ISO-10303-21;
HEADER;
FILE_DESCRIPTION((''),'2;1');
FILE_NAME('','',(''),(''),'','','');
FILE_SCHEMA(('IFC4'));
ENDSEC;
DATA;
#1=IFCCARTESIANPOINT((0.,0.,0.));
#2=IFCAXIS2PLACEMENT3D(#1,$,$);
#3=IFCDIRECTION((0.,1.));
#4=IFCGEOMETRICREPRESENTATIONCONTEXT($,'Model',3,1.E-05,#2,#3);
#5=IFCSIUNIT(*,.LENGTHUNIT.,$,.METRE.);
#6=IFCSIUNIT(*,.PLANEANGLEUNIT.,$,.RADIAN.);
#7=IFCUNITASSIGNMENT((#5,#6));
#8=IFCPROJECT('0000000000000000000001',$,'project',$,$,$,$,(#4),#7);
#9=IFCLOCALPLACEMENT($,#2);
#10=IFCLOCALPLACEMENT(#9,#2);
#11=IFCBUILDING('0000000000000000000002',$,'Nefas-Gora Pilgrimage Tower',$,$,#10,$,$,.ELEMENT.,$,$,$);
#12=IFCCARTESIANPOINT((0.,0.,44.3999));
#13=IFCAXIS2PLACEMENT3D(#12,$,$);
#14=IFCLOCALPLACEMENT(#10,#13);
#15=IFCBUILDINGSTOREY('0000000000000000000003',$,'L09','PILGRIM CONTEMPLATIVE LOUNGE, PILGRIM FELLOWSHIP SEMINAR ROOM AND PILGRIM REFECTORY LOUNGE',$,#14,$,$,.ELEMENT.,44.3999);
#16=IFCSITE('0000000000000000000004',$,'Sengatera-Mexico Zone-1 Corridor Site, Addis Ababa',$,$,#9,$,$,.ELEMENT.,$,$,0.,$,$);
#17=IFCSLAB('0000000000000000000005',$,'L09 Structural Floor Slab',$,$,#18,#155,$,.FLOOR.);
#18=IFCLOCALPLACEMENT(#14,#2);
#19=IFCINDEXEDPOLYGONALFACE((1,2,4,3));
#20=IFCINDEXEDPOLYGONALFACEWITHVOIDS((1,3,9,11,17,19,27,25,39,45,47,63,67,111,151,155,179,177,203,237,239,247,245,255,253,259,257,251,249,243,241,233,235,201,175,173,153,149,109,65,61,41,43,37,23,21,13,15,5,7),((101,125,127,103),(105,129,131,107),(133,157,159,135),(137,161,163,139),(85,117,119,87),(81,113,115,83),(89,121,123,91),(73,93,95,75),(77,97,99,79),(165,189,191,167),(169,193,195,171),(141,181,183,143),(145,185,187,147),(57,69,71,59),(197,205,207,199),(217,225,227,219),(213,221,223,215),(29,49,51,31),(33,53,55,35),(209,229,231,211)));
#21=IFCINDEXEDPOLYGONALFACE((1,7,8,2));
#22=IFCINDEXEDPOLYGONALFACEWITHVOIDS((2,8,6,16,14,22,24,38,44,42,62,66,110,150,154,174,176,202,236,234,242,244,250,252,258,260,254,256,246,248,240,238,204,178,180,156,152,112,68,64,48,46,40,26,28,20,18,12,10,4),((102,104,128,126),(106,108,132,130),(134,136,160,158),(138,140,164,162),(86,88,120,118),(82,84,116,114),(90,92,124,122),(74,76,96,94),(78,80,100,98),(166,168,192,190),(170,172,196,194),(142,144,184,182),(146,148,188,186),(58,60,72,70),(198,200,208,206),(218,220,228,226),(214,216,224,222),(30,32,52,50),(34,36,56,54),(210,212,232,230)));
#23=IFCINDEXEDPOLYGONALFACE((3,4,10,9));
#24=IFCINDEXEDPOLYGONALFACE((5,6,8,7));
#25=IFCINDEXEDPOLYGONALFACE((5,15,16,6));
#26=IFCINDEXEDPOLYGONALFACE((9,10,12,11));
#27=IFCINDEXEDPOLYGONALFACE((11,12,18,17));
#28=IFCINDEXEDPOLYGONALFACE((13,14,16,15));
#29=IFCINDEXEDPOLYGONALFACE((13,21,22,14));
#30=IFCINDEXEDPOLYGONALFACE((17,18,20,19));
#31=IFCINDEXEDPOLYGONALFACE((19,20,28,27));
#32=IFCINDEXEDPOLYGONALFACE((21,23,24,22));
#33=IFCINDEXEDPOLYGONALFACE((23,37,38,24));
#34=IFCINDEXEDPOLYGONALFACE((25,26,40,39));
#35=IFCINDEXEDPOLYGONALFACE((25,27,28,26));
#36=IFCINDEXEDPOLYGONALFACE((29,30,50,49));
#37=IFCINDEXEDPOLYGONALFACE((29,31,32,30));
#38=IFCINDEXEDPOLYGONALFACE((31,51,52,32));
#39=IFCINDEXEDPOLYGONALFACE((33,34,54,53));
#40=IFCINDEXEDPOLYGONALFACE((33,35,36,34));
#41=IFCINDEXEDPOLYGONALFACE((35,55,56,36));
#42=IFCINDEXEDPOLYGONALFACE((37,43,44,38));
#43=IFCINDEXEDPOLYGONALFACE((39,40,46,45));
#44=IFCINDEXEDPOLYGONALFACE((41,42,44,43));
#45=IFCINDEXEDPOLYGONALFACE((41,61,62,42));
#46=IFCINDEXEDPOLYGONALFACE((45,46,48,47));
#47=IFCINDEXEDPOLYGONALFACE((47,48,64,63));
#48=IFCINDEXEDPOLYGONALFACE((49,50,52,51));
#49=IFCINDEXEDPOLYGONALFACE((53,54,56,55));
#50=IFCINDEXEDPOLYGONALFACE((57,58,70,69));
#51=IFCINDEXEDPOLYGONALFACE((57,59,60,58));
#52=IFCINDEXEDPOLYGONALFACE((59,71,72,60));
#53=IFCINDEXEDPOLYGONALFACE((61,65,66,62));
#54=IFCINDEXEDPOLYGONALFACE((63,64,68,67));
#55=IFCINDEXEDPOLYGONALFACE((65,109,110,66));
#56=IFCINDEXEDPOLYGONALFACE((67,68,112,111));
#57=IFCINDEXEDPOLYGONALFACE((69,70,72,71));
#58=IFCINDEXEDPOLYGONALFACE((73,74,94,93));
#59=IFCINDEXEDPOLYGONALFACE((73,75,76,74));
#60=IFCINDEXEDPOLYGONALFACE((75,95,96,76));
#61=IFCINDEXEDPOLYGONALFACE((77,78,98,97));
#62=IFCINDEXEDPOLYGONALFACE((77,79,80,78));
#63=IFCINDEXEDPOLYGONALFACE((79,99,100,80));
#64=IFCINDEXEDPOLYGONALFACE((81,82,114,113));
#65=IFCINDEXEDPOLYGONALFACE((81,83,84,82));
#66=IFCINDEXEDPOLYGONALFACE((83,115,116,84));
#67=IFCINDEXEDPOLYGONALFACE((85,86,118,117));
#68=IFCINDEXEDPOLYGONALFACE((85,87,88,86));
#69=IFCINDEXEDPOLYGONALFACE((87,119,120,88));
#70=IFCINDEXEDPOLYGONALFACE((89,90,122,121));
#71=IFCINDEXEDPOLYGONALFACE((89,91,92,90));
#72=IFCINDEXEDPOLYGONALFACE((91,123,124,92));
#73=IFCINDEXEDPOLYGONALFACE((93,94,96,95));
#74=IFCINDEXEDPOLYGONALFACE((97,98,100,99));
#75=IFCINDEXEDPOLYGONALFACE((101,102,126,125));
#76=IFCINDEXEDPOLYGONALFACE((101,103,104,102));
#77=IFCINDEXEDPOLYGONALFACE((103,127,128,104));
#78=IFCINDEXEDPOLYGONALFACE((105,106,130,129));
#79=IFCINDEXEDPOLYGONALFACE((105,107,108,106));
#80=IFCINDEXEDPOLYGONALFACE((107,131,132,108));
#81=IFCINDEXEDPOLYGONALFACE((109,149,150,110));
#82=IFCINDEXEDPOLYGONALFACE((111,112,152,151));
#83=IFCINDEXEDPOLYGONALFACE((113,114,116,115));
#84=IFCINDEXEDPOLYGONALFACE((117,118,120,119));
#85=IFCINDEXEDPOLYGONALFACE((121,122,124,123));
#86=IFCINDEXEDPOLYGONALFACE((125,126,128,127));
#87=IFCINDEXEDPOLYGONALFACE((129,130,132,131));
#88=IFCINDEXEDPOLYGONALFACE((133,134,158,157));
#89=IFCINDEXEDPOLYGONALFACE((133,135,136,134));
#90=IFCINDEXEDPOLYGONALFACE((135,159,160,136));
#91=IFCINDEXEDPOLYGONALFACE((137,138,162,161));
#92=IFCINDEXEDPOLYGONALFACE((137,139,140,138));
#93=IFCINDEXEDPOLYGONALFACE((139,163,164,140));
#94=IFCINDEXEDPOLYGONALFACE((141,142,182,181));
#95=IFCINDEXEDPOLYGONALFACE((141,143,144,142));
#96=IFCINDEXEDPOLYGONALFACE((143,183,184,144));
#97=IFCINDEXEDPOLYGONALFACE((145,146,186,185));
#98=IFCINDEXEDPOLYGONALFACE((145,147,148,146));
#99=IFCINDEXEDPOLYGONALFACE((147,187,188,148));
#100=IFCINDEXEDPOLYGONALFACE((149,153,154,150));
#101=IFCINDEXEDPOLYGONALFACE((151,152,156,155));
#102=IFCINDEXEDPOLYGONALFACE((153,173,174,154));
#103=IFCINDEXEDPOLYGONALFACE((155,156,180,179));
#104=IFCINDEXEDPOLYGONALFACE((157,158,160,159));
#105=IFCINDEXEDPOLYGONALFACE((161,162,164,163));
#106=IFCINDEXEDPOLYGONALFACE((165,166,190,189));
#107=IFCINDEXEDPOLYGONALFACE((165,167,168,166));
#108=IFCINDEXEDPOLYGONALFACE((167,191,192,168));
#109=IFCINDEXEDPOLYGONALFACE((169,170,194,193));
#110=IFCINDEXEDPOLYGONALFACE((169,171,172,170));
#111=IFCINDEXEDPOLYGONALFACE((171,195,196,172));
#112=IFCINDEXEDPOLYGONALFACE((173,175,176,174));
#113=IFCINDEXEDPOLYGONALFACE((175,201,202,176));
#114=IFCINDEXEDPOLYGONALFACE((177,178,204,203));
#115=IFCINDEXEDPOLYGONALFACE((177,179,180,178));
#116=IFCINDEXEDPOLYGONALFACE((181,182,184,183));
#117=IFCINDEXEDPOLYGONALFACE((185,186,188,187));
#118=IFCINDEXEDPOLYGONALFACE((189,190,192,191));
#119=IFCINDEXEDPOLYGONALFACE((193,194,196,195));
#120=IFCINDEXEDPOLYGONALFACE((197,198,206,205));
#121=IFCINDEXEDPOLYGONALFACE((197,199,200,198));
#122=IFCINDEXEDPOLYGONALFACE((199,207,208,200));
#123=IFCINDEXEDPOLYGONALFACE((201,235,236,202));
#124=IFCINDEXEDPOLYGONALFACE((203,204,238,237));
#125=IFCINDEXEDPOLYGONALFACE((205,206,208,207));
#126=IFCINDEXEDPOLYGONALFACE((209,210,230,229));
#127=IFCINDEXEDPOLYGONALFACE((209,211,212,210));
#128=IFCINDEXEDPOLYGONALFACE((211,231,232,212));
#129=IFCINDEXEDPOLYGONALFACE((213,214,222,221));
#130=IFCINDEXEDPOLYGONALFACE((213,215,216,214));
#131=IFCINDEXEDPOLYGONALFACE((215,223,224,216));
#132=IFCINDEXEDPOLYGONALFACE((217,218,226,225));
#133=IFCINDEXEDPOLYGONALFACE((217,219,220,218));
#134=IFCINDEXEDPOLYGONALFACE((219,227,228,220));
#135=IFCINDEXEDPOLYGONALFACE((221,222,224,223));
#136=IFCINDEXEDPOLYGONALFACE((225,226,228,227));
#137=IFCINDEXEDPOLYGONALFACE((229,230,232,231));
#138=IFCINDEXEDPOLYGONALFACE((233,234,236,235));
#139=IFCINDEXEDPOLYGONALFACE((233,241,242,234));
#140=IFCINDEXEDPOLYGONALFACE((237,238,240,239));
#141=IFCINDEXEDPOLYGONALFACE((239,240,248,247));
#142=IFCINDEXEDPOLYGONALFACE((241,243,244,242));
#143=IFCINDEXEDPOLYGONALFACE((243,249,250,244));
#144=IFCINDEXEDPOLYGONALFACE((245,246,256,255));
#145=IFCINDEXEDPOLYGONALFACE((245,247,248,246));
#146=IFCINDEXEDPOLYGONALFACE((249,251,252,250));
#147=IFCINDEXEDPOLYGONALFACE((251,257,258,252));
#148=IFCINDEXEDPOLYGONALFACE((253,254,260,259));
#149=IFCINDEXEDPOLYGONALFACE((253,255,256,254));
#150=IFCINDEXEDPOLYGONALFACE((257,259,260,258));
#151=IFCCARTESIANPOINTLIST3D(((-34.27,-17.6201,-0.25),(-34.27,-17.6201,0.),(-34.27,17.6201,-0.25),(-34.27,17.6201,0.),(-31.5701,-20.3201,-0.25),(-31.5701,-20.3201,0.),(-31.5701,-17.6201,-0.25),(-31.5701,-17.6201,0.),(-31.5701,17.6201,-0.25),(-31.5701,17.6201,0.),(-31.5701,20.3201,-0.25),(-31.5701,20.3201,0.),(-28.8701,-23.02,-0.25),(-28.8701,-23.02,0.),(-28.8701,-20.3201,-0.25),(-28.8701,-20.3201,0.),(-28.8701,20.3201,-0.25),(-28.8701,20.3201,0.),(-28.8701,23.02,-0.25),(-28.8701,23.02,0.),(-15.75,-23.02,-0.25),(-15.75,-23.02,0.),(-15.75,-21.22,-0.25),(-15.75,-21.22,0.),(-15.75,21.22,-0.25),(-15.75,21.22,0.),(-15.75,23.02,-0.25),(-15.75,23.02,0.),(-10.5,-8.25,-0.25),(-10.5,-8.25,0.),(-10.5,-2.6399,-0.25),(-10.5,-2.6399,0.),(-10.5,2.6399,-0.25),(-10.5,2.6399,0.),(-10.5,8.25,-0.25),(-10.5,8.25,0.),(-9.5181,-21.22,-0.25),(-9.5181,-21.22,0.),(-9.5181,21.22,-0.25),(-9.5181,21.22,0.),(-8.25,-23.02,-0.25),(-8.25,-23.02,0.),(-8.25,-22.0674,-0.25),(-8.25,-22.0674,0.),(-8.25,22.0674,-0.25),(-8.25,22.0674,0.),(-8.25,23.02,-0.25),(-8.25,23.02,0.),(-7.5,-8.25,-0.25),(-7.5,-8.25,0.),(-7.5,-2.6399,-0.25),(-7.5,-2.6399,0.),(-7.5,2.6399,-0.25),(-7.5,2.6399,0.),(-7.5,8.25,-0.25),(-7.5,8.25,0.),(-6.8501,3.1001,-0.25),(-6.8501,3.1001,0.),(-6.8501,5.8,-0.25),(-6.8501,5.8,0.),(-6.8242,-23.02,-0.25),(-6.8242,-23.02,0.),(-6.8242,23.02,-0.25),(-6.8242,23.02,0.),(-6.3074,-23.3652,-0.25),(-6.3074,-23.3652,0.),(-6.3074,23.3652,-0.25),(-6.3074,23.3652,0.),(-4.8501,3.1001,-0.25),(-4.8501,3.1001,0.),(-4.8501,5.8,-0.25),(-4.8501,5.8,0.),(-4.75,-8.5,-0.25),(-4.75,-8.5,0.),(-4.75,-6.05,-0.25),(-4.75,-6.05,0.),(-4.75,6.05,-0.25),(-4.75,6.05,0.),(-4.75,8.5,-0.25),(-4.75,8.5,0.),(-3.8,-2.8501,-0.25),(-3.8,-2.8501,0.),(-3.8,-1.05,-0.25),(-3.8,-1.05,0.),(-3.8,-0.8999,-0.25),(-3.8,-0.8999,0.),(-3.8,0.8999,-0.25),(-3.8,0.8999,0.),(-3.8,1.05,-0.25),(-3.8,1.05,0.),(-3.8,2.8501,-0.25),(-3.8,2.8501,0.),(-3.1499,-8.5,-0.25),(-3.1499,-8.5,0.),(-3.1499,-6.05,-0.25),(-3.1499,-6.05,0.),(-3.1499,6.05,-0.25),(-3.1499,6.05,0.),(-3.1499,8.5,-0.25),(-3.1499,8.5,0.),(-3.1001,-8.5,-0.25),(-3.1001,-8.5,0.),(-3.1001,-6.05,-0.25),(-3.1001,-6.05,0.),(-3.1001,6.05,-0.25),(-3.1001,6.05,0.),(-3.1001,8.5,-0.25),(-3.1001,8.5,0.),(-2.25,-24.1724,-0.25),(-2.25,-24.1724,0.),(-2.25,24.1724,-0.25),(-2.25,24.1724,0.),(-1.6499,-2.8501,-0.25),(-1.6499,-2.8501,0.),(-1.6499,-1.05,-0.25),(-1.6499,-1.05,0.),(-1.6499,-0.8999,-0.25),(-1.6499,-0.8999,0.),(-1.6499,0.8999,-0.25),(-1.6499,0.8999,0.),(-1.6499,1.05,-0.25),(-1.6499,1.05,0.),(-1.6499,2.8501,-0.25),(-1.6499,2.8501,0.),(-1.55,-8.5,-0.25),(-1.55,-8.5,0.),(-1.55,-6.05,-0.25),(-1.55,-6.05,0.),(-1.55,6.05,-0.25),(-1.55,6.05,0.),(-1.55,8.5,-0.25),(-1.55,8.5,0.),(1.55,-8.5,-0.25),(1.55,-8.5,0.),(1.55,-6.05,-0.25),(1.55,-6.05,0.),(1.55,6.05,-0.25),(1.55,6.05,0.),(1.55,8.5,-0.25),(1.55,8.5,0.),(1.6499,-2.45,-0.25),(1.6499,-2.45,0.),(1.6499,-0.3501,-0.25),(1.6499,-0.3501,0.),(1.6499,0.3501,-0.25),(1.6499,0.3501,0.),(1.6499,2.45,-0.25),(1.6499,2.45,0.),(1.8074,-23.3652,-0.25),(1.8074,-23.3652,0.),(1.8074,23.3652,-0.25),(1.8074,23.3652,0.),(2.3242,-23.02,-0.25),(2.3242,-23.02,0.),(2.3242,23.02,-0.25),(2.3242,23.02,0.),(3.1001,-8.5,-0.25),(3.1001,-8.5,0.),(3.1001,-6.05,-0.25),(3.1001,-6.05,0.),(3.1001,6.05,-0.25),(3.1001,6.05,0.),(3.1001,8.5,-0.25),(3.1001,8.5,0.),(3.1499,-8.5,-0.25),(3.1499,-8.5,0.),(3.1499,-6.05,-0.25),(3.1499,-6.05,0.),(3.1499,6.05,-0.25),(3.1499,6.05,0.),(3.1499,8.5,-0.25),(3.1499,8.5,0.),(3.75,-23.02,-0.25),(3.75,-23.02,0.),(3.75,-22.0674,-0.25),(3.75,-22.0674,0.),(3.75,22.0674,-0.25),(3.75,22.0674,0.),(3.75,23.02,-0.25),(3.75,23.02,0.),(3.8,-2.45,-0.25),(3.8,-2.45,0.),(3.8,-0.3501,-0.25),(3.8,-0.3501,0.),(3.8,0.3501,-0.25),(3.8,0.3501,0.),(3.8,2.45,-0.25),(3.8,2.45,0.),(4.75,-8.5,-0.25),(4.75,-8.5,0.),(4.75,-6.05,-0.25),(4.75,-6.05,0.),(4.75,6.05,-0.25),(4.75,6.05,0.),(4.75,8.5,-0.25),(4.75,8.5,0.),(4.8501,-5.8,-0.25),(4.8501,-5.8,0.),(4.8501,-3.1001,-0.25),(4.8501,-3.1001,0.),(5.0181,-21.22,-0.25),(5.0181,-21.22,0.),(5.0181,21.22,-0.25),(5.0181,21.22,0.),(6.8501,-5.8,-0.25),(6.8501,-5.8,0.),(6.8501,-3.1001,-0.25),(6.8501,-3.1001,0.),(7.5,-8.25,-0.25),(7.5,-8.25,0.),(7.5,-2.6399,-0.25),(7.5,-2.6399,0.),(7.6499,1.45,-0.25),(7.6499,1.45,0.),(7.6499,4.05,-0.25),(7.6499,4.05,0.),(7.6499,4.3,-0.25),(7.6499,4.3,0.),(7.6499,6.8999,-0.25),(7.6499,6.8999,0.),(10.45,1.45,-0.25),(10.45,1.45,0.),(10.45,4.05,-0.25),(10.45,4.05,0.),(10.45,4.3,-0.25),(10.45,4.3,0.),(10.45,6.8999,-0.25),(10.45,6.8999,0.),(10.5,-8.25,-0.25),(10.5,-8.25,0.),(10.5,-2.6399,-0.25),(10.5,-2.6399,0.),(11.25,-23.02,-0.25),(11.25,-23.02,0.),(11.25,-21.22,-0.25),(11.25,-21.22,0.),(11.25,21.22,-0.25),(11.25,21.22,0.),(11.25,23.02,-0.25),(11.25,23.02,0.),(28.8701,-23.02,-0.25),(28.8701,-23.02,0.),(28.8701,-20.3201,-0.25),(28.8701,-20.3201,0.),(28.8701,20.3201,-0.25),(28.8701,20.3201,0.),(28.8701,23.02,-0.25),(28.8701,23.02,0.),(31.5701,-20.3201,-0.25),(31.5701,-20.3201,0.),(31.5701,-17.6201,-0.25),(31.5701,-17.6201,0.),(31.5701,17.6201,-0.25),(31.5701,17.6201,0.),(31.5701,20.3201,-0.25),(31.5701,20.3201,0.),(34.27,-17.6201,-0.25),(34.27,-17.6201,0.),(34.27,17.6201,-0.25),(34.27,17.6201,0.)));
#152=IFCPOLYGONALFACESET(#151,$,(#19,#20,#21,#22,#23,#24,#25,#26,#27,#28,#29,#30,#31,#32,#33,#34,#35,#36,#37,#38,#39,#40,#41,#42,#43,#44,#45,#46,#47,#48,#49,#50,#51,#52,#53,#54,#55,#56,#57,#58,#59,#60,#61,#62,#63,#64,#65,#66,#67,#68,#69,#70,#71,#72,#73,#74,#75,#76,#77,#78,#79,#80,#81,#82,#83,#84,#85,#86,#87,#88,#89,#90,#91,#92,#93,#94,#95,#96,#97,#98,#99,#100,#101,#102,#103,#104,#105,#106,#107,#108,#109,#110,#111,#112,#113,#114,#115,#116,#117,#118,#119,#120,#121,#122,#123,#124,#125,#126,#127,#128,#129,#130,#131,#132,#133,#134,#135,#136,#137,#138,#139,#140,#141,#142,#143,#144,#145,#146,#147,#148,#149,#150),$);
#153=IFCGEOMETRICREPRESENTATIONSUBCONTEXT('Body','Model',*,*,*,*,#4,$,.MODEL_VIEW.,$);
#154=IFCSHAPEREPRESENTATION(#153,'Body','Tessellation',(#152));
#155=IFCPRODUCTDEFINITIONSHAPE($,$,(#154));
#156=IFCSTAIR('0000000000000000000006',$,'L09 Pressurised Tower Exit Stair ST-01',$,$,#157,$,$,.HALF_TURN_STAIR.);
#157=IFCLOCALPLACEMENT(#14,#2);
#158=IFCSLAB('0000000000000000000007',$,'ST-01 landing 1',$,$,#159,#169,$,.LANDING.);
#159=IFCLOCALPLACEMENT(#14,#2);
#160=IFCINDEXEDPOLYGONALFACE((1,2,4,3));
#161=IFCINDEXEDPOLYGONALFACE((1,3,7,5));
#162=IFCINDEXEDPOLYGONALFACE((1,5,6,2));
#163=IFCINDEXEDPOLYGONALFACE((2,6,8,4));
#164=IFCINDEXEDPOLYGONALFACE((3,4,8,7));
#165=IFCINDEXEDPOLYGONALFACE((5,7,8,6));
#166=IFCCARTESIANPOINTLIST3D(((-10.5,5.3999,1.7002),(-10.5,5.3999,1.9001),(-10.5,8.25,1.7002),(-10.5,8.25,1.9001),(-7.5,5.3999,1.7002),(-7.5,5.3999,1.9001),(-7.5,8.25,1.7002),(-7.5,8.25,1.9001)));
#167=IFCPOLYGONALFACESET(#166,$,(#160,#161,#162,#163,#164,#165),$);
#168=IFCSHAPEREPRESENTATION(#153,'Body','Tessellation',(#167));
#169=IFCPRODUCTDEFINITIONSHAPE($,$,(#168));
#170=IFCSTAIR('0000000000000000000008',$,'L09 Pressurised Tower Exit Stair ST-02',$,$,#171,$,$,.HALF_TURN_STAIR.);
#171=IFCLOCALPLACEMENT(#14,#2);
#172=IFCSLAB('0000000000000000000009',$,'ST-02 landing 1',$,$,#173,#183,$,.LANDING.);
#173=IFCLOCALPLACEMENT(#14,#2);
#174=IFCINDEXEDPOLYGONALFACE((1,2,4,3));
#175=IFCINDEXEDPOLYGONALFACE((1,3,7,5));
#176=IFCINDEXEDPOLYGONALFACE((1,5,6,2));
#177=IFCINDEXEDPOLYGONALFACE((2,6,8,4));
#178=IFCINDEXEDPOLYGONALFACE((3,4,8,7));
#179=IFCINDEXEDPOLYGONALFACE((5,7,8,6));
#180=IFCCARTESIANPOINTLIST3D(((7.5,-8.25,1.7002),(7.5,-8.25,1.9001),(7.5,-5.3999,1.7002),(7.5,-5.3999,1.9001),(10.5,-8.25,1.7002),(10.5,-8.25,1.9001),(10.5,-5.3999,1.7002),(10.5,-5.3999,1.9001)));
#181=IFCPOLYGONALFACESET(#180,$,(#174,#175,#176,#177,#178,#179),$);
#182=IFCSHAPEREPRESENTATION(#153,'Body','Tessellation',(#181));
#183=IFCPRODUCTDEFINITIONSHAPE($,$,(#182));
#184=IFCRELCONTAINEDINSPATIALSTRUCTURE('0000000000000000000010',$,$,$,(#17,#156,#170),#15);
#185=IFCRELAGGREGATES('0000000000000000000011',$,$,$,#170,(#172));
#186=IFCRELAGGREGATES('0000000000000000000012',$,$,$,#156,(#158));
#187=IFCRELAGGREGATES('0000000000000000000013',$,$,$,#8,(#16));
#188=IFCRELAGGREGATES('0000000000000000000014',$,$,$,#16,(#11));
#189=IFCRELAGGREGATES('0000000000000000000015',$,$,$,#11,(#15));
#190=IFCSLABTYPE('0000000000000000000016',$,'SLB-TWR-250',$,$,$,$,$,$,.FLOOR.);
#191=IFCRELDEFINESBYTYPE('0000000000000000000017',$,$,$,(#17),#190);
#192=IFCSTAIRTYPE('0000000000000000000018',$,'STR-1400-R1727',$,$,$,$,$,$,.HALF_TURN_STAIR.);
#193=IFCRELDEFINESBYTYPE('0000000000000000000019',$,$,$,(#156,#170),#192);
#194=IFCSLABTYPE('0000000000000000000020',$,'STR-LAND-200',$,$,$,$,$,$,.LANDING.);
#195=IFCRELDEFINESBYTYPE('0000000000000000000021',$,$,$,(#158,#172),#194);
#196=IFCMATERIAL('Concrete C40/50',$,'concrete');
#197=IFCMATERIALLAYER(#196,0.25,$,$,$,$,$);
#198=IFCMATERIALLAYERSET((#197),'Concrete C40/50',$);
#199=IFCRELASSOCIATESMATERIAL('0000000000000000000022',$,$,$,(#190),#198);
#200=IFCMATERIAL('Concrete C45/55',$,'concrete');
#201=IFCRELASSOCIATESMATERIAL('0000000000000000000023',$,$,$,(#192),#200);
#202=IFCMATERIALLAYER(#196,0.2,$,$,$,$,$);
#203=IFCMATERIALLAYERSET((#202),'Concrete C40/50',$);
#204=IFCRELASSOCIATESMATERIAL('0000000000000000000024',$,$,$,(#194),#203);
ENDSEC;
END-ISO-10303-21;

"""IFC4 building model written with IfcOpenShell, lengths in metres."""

from ifc_helpers import new_model, si_unit, direction, frame, origin, place, context, subcontext, project, spatial, polyline, outline, extrude, material, layer, layer_set, type_object, element, aggregate, save


model = new_model("IFC4")

# Units and contexts
model_context = context("Model", 3, precision=1e-05, world=origin(), true_north=direction((0.0, 1.0)))
body_context = subcontext(model_context, "Body", "Model", "MODEL_VIEW")
ifc_project = project(units=[si_unit("LENGTHUNIT", "METRE"), si_unit("PLANEANGLEUNIT", "RADIAN")], contexts=[model_context])

# Site, building, storey
site_placement = place(None, origin())
site = spatial("IfcSite", under=ifc_project, at=site_placement, Name="Sengatera-Mexico Zone-1 Corridor Site, Addis Ababa", CompositionType="ELEMENT", RefElevation=0.0)
building_placement = place(site_placement, origin())
building = spatial("IfcBuilding", under=site, at=building_placement, Name="Nefas-Gora Pilgrimage Tower", CompositionType="ELEMENT")
storey_placement = place(building_placement, frame((0.0, 0.0, 44.3999)))
storey = spatial("IfcBuildingStorey", under=building, at=storey_placement, Name="L09", Description="PILGRIM CONTEMPLATIVE LOUNGE, PILGRIM FELLOWSHIP SEMINAR ROOM AND PILGRIM REFECTORY LOUNGE", CompositionType="ELEMENT", Elevation=44.3999)

# Slab
ifc_material_1 = material(Name="Concrete C40/50", Category="concrete")
ifc_layer_1 = layer(ifc_material_1, 0.25)
ifc_layer_set_1 = layer_set([ifc_layer_1], Name="Concrete C40/50")
slab_type_1 = type_object("IfcSlabType", Name="SLB-TWR-250", PredefinedType="FLOOR", material=ifc_layer_set_1)
slab_1_placement = place(storey_placement, frame((0.0, 0.0, -0.25)))
element("IfcSlab", 1, at=slab_1_placement, inside=storey, type_object=slab_type_1, Name="L09 Structural Floor Slab", PredefinedType="FLOOR", context=body_context, shape_type="SweptSolid", body=[
    extrude(outline(polyline([(5.0181, -21.22), (11.25, -21.22), (11.25, -23.02), (28.8701, -23.02), (28.8701, -20.3201), (31.5701, -20.3201), (31.5701, -17.6201), (34.27, -17.6201), (34.27, 17.6201), (31.5701, 17.6201), (31.5701, 20.3201), (28.8701, 20.3201), (28.8701, 23.02), (11.25, 23.02), (11.25, 21.22), (5.0181, 21.22), (3.75, 22.0674), (3.75, 23.02), (2.3242, 23.02), (1.8074, 23.3652), (-2.25, 24.1724), (-6.3074, 23.3652), (-6.8242, 23.02), (-8.25, 23.02), (-8.25, 22.0674), (-9.5181, 21.22), (-15.75, 21.22), (-15.75, 23.02), (-28.8701, 23.02), (-28.8701, 20.3201), (-31.5701, 20.3201), (-31.5701, 17.6201), (-34.27, 17.6201), (-34.27, -17.6201), (-31.5701, -17.6201), (-31.5701, -20.3201), (-28.8701, -20.3201), (-28.8701, -23.02), (-15.75, -23.02), (-15.75, -21.22), (-9.5181, -21.22), (-8.25, -22.0674), (-8.25, -23.02), (-6.8242, -23.02), (-6.3074, -23.3652), (-2.25, -24.1724), (1.8074, -23.3652), (2.3242, -23.02), (3.75, -23.02), (3.75, -22.0674), (5.0181, -21.22)]), holes=[polyline([(-10.5, 2.6399), (-10.5, 8.25), (-7.5, 8.25), (-7.5, 2.6399), (-10.5, 2.6399)]), polyline([(10.5, -2.6399), (10.5, -8.25), (7.5, -8.25), (7.5, -2.6399), (10.5, -2.6399)]), polyline([(-7.5, -2.6399), (-7.5, -8.25), (-10.5, -8.25), (-10.5, -2.6399), (-7.5, -2.6399)]), polyline([(-6.8501, 5.8), (-4.8501, 5.8), (-4.8501, 3.1001), (-6.8501, 3.1001), (-6.8501, 5.8)]), polyline([(4.8501, -3.1001), (6.8501, -3.1001), (6.8501, -5.8), (4.8501, -5.8), (4.8501, -3.1001)]), polyline([(7.6499, 4.05), (10.45, 4.05), (10.45, 1.45), (7.6499, 1.45), (7.6499, 4.05)]), polyline([(7.6499, 6.8999), (10.45, 6.8999), (10.45, 4.3), (7.6499, 4.3), (7.6499, 6.8999)]), polyline([(-4.75, 8.5), (-3.1499, 8.5), (-3.1499, 6.05), (-4.75, 6.05), (-4.75, 8.5)]), polyline([(-3.1001, 8.5), (-1.55, 8.5), (-1.55, 6.05), (-3.1001, 6.05), (-3.1001, 8.5)]), polyline([(1.55, 8.5), (3.1001, 8.5), (3.1001, 6.05), (1.55, 6.05), (1.55, 8.5)]), polyline([(3.1499, 8.5), (4.75, 8.5), (4.75, 6.05), (3.1499, 6.05), (3.1499, 8.5)]), polyline([(-4.75, -6.05), (-3.1499, -6.05), (-3.1499, -8.5), (-4.75, -8.5), (-4.75, -6.05)]), polyline([(-3.1001, -6.05), (-1.55, -6.05), (-1.55, -8.5), (-3.1001, -8.5), (-3.1001, -6.05)]), polyline([(1.55, -6.05), (3.1001, -6.05), (3.1001, -8.5), (1.55, -8.5), (1.55, -6.05)]), polyline([(3.1499, -6.05), (4.75, -6.05), (4.75, -8.5), (3.1499, -8.5), (3.1499, -6.05)]), polyline([(-3.8, -1.05), (-1.6499, -1.05), (-1.6499, -2.8501), (-3.8, -2.8501), (-3.8, -1.05)]), polyline([(-3.8, 0.8999), (-1.6499, 0.8999), (-1.6499, -0.8999), (-3.8, -0.8999), (-3.8, 0.8999)]), polyline([(-3.8, 2.8501), (-1.6499, 2.8501), (-1.6499, 1.05), (-3.8, 1.05), (-3.8, 2.8501)]), polyline([(1.6499, -0.3501), (3.8, -0.3501), (3.8, -2.45), (1.6499, -2.45), (1.6499, -0.3501)]), polyline([(1.6499, 2.45), (3.8, 2.45), (3.8, 0.3501), (1.6499, 0.3501), (1.6499, 2.45)])]), origin(), (0.0, 0.0, 1.0), 0.25),
])

# Stairs, slabs
ifc_material_2 = material(Name="Concrete C45/55", Category="concrete")
stair_type = type_object("IfcStairType", Name="STR-1400-R1727", PredefinedType="HALF_TURN_STAIR", material=ifc_material_2)
stair_1_placement = place(storey_placement, origin())
stair_1 = element("IfcStair", 2, at=stair_1_placement, inside=storey, type_object=stair_type, Name="L09 Pressurised Tower Exit Stair ST-01", PredefinedType="HALF_TURN_STAIR")
ifc_layer_2 = layer(ifc_material_1, 0.2)
ifc_layer_set_2 = layer_set([ifc_layer_2], Name="Concrete C40/50")
slab_type_2 = type_object("IfcSlabType", Name="STR-LAND-200", PredefinedType="LANDING", material=ifc_layer_set_2)
slab_2_placement = place(storey_placement, frame((0.0, 0.0, 1.7002)))
slab_2 = element("IfcSlab", 3, at=slab_2_placement, type_object=slab_type_2, Name="ST-01 landing 1", PredefinedType="LANDING", context=body_context, shape_type="SweptSolid", body=[
    extrude(outline(polyline([(-7.5, 5.3999), (-7.5, 8.25), (-10.5, 8.25), (-10.5, 5.3999), (-7.5, 5.3999)])), origin(), (0.0, 0.0, 1.0), 0.2),
])
stair_2_placement = place(storey_placement, origin())
stair_2 = element("IfcStair", 4, at=stair_2_placement, inside=storey, type_object=stair_type, Name="L09 Pressurised Tower Exit Stair ST-02", PredefinedType="HALF_TURN_STAIR")
slab_3_placement = place(storey_placement, frame((0.0, 0.0, 1.7002)))
slab_3 = element("IfcSlab", 5, at=slab_3_placement, type_object=slab_type_2, Name="ST-02 landing 1", PredefinedType="LANDING", context=body_context, shape_type="SweptSolid", body=[
    extrude(outline(polyline([(7.5, -5.3999), (7.5, -8.25), (10.5, -8.25), (10.5, -5.3999), (7.5, -5.3999)])), origin(), (0.0, 0.0, 1.0), 0.2),
])
aggregate(stair_2, [slab_3])

aggregate(stair_1, [slab_2])

save(model, "model.ifc")
